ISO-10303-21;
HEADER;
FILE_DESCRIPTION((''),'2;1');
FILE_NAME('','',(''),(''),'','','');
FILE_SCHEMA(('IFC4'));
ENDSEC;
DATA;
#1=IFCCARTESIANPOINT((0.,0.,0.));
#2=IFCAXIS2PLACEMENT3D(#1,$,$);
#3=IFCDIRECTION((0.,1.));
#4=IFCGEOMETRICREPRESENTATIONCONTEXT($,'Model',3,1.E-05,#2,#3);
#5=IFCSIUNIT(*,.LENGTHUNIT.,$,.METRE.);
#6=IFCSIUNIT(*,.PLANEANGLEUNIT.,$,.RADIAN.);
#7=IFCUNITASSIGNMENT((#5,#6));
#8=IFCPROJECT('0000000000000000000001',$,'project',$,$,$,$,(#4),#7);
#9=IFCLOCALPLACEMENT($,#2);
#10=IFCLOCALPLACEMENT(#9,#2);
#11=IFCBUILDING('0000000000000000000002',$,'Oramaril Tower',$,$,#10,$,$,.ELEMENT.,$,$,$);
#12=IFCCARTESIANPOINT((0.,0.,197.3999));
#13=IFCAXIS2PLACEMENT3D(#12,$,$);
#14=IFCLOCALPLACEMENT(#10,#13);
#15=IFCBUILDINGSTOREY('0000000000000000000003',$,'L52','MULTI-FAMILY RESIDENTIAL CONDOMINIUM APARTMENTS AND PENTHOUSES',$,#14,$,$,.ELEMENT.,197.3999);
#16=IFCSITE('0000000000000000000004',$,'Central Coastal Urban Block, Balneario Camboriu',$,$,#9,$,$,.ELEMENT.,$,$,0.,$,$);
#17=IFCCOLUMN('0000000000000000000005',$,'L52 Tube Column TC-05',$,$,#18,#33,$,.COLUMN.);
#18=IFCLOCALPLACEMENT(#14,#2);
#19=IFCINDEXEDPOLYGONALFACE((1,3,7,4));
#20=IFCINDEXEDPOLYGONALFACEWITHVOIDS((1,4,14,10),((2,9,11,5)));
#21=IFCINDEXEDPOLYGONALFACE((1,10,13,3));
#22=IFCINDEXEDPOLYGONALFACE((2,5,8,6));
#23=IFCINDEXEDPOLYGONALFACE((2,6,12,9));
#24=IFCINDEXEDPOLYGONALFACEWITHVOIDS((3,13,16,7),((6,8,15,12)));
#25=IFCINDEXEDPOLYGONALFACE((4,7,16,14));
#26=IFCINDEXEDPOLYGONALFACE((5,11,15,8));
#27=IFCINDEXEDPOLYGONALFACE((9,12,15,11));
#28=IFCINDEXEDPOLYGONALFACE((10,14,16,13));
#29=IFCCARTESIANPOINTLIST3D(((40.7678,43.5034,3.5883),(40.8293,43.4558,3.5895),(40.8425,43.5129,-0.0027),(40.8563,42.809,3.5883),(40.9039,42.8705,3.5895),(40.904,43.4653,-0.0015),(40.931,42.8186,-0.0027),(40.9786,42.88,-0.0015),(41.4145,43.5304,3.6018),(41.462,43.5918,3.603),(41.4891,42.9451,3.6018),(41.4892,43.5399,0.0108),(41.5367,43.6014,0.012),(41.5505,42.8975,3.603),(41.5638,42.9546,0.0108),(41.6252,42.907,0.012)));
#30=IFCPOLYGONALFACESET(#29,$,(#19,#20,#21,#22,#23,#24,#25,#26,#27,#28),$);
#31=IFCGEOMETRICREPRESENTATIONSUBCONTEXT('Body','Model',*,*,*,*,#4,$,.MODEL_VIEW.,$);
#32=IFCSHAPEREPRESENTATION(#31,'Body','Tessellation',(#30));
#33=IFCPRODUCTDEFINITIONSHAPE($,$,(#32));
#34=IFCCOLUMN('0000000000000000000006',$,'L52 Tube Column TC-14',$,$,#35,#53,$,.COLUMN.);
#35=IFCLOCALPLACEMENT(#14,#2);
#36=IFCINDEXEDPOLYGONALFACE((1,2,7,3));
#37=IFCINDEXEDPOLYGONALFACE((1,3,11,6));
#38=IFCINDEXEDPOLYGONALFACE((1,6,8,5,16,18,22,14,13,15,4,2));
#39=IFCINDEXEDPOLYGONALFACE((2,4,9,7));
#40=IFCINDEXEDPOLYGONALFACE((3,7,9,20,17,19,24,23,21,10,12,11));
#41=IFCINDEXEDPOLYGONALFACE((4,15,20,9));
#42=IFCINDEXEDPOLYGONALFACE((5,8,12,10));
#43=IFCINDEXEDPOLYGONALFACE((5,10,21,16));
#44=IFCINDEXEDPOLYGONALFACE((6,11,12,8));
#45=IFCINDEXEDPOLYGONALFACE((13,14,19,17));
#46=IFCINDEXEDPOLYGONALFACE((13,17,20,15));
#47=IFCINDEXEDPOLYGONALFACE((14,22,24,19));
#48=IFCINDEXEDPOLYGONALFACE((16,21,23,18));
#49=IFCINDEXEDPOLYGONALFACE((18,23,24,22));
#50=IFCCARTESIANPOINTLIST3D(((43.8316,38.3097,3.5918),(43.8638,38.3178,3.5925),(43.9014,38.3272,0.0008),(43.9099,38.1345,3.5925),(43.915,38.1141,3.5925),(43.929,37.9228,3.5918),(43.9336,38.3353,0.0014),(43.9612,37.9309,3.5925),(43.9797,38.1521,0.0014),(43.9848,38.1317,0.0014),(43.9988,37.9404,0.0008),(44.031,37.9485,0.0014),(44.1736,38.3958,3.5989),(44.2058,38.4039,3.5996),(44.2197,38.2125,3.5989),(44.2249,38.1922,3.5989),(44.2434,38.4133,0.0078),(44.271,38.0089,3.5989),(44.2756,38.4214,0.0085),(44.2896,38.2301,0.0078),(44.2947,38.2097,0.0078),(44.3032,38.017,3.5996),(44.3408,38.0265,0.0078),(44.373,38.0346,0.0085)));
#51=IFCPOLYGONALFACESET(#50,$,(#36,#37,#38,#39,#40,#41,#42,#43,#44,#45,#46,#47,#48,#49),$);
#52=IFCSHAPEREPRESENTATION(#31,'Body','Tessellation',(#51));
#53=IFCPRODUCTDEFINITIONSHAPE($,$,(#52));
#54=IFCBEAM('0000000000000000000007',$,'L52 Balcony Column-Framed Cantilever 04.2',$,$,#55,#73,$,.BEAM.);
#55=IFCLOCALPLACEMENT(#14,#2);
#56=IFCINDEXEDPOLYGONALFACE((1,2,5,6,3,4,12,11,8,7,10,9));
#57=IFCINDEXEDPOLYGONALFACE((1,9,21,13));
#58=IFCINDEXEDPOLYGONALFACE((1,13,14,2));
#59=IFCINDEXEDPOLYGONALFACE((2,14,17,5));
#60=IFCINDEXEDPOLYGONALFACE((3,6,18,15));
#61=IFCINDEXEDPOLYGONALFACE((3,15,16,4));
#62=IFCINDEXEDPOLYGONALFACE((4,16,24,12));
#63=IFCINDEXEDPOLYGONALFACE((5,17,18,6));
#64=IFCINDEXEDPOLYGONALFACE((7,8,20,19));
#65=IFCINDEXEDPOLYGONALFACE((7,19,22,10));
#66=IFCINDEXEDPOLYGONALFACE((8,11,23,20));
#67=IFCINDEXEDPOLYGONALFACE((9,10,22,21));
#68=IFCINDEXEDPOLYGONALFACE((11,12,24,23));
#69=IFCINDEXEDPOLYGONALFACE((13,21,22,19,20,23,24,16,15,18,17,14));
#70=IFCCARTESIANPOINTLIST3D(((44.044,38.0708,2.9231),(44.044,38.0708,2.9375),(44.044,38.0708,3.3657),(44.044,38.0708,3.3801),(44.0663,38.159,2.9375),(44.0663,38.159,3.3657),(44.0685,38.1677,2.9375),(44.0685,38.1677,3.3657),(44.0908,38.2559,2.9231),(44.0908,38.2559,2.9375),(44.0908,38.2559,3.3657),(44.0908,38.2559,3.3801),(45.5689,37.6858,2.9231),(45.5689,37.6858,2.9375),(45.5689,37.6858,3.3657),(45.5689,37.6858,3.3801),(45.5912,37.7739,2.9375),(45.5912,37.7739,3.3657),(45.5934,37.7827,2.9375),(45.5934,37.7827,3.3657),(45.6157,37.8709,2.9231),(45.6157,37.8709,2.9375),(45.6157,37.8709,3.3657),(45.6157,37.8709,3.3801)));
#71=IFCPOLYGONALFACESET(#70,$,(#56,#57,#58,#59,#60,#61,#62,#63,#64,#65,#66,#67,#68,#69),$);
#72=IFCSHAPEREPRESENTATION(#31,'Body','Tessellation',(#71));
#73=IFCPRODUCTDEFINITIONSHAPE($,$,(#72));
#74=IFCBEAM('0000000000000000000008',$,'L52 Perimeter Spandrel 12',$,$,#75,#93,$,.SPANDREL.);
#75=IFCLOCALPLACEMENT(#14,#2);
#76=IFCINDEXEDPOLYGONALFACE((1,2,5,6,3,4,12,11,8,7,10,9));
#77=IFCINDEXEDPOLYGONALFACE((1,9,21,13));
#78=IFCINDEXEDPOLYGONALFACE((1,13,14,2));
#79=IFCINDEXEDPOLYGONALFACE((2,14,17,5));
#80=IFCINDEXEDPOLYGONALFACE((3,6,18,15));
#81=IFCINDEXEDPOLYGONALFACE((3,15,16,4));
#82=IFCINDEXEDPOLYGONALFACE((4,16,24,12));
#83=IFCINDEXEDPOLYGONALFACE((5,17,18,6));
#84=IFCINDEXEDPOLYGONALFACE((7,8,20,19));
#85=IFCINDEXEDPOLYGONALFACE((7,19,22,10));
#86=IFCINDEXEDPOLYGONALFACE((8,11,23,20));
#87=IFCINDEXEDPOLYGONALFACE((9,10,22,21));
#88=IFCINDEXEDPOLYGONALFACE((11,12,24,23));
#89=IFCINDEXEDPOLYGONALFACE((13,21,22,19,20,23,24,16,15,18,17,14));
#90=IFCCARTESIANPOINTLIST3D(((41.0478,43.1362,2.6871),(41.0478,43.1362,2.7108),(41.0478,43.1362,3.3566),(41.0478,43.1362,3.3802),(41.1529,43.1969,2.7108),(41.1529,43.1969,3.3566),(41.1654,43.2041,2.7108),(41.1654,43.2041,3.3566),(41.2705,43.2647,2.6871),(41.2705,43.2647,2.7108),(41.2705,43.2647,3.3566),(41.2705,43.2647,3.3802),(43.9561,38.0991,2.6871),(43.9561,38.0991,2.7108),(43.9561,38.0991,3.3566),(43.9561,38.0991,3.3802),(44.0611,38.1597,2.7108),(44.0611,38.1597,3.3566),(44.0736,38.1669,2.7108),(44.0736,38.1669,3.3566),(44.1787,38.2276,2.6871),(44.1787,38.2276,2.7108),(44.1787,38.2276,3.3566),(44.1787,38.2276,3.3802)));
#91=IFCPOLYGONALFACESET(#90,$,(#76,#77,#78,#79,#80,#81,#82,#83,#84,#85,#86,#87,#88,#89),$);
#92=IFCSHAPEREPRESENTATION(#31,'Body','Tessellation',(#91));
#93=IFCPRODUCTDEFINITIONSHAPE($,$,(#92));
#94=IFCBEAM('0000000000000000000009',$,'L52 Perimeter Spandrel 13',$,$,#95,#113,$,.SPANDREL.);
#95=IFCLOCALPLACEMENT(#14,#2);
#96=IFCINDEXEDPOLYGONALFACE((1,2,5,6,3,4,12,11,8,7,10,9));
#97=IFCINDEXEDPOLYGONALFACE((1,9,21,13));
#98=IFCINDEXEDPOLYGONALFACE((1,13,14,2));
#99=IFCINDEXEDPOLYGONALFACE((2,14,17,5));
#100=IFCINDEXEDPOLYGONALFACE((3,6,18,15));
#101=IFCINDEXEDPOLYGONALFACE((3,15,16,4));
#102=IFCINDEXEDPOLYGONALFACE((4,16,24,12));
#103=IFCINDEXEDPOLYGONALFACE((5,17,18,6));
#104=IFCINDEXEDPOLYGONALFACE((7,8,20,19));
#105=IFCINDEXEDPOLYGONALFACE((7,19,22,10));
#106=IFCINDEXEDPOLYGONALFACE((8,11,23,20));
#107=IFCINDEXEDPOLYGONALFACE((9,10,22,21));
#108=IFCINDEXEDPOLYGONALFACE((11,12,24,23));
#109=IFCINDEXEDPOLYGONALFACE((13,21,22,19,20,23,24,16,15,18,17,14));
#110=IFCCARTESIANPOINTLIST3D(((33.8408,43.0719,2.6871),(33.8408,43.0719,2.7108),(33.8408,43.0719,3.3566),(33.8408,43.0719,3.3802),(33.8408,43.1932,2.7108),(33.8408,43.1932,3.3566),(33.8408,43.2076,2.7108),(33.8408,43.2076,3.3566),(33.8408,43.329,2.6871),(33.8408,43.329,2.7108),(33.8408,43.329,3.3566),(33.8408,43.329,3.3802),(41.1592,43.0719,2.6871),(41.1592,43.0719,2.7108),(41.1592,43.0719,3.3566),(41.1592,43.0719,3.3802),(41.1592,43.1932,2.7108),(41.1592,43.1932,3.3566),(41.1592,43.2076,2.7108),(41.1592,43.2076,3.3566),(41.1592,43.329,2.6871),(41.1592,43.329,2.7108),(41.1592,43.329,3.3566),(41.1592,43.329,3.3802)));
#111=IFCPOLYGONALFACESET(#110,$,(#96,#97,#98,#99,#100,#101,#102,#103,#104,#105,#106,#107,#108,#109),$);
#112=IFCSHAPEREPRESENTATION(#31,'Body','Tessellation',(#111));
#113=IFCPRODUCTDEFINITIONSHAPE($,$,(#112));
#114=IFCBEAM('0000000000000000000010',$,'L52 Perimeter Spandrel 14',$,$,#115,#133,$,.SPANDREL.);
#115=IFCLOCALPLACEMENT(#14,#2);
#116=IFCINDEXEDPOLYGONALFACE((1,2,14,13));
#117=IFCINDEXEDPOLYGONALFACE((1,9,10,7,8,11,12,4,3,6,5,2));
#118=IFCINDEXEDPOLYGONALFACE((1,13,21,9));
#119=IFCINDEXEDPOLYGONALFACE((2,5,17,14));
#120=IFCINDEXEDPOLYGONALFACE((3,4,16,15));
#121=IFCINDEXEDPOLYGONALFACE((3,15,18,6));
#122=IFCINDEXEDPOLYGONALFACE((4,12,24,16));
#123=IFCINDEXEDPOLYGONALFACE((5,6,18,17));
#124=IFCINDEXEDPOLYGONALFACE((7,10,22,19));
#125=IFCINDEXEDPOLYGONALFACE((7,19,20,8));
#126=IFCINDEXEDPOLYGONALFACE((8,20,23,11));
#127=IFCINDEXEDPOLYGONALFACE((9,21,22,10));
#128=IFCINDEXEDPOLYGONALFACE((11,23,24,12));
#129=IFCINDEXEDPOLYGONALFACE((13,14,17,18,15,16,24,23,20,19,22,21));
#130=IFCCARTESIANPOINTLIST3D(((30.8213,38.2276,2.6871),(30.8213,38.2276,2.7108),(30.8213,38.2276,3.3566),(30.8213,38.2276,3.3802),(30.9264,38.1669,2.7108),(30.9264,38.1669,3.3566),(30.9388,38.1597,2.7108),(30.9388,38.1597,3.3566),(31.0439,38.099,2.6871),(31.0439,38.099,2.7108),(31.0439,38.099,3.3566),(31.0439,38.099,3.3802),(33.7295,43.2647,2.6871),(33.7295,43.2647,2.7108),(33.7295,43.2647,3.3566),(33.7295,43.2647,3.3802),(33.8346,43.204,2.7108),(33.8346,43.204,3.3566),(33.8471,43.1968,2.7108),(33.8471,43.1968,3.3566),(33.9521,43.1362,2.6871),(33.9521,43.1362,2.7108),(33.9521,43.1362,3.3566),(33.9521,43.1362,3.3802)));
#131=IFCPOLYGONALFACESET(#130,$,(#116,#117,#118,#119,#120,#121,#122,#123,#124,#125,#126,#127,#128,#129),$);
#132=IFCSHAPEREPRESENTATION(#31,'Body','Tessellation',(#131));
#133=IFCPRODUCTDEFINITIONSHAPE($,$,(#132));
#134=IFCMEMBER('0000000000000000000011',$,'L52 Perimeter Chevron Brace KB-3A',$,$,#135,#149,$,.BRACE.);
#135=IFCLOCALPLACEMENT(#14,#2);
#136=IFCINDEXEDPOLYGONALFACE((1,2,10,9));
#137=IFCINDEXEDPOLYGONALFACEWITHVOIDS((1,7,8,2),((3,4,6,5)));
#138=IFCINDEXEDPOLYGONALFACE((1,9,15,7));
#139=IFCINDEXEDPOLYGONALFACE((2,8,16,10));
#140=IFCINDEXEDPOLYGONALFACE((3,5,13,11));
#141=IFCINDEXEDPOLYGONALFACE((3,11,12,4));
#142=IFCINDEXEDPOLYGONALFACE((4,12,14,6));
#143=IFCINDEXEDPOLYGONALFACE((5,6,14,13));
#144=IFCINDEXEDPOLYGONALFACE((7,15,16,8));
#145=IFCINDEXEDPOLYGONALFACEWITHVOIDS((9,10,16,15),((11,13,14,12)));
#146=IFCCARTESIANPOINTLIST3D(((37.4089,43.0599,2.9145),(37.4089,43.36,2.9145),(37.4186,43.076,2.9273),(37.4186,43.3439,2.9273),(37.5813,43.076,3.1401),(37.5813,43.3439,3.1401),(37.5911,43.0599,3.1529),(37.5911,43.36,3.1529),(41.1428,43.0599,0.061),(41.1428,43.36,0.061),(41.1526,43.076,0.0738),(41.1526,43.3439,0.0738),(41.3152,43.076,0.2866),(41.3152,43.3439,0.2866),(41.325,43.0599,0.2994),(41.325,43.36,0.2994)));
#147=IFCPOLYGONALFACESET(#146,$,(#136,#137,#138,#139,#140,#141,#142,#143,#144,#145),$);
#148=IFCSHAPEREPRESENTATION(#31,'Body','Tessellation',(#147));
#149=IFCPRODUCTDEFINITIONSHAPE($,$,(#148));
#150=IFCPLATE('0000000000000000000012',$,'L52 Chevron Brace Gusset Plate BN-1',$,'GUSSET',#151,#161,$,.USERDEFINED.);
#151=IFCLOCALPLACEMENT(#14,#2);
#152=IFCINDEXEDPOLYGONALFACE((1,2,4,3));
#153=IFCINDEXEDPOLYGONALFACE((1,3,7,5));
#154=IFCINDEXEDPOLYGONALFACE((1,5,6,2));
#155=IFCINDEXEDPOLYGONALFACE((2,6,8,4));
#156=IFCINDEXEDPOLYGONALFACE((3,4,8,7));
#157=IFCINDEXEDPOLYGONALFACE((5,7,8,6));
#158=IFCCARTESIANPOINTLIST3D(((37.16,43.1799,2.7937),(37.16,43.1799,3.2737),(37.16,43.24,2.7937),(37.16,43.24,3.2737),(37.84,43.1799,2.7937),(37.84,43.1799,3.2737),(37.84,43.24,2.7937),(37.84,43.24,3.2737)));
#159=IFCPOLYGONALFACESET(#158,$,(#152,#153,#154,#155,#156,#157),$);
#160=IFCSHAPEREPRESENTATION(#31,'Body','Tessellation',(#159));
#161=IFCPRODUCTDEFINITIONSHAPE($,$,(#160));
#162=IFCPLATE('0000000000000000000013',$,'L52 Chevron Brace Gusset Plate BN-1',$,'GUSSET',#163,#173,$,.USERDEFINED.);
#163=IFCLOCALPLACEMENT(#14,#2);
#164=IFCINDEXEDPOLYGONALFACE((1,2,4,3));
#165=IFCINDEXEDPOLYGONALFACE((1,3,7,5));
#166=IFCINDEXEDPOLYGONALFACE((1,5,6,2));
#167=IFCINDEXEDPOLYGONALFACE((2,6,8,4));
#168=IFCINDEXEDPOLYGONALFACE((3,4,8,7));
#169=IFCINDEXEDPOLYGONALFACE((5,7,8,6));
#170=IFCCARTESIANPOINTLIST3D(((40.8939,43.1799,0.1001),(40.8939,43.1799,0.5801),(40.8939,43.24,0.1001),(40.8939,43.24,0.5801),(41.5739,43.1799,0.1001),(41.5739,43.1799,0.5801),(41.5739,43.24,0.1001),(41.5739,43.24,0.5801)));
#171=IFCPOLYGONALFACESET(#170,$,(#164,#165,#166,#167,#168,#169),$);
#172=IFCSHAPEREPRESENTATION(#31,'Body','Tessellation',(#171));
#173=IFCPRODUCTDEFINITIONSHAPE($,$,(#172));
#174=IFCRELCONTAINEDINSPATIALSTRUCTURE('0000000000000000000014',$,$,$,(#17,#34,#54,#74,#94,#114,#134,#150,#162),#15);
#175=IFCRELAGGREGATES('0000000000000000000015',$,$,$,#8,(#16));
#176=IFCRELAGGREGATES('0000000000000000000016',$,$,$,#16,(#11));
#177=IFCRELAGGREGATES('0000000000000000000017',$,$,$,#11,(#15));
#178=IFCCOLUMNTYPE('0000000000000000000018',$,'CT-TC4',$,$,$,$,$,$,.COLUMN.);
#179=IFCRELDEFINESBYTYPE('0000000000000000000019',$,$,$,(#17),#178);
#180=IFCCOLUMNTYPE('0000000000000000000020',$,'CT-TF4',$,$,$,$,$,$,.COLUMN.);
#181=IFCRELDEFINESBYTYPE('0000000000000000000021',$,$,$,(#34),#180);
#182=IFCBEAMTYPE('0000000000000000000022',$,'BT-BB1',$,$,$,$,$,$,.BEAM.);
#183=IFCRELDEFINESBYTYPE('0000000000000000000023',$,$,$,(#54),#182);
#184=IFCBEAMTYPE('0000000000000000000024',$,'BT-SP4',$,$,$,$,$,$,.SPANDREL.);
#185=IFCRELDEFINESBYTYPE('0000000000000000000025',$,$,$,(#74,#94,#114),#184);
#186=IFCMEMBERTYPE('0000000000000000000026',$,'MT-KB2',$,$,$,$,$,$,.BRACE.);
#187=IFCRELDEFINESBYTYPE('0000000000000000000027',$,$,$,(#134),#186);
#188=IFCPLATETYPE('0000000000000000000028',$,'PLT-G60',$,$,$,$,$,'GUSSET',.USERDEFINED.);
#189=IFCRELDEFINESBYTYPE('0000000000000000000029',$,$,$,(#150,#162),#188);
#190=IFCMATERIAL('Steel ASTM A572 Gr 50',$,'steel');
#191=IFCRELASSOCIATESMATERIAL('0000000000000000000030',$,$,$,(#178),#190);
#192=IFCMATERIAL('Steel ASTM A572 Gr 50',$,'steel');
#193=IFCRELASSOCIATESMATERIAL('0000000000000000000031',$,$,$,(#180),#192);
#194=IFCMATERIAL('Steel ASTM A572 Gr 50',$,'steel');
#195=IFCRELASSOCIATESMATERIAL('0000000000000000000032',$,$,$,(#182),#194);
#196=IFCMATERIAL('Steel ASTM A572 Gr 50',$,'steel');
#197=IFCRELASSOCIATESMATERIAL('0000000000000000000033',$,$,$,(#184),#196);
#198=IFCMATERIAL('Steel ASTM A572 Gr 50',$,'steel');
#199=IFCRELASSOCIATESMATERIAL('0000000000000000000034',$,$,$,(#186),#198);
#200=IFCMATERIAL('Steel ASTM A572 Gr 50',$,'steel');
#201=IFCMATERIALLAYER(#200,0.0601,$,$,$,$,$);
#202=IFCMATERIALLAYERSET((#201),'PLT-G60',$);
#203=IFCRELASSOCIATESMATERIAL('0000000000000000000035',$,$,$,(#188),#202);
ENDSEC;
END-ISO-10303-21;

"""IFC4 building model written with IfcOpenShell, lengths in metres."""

from ifc_helpers import new_model, si_unit, direction, frame, origin, origin_2d, place, context, subcontext, project, spatial, rectangle, hollow_rectangle, i_section, extrude, material, layer, layer_set, material_profile, profile_set, type_object, element, save


model = new_model("IFC4")

# Units and contexts
model_context = context("Model", 3, precision=1e-05, world=origin(), true_north=direction((0.0, 1.0)))
body_context = subcontext(model_context, "Body", "Model", "MODEL_VIEW")
ifc_project = project(units=[si_unit("LENGTHUNIT", "METRE"), si_unit("PLANEANGLEUNIT", "RADIAN")], contexts=[model_context])

# Site, building, storey
site_placement = place(None, origin())
site = spatial("IfcSite", under=ifc_project, at=site_placement, Name="Central Coastal Urban Block, Balneario Camboriu", CompositionType="ELEMENT", RefElevation=0.0)
building_placement = place(site_placement, origin())
building = spatial("IfcBuilding", under=site, at=building_placement, Name="Oramaril Tower", CompositionType="ELEMENT")
storey_placement = place(building_placement, frame((0.0, 0.0, 197.3999)))
storey = spatial("IfcBuildingStorey", under=building, at=storey_placement, Name="L52", Description="MULTI-FAMILY RESIDENTIAL CONDOMINIUM APARTMENTS AND PENTHOUSES", CompositionType="ELEMENT", Elevation=197.3999)

# Columns
ifc_material_1 = material(Name="Steel ASTM A572 Gr 50", Category="steel")
ifc_material_profile_1 = material_profile(ifc_material_1, hollow_rectangle(XDim=0.7, YDim=0.7, WallThickness=0.0549, at=origin_2d()), Name="BOX700X700X55")
ifc_profile_set_1 = profile_set([ifc_material_profile_1], Name="Steel ASTM A572 Gr 50")
column_type_1 = type_object("IfcColumnType", Name="CT-TC4", PredefinedType="COLUMN", material=ifc_profile_set_1)
column_1_placement = place(storey_placement, frame((41.2339, 43.21, 0.0046), z_axis=(-0.020799, -0.002651, 0.99978), x_axis=(0.126428, -0.991976, 0.0)))
element("IfcColumn", 1, at=column_1_placement, inside=storey, type_object=column_type_1, Name="L52 Tube Column TC-05", PredefinedType="COLUMN", context=body_context, shape_type="SweptSolid", body=[
    extrude(hollow_rectangle(XDim=0.7, YDim=0.7, WallThickness=0.0549, at=origin_2d()), origin(), (0.0, 0.0, 1.0), 3.5918),
])
ifc_material_2 = material(Name="Steel ASTM A572 Gr 50", Category="steel")
ifc_material_profile_2 = material_profile(ifc_material_2, i_section(OverallWidth=0.3989, OverallDepth=0.386, WebThickness=0.021, FlangeThickness=0.0332, at=origin_2d()), Name="W14X176")
ifc_profile_set_2 = profile_set([ifc_material_profile_2], Name="Steel ASTM A572 Gr 50")
column_type_2 = type_object("IfcColumnType", Name="CT-TF4", PredefinedType="COLUMN", material=ifc_profile_set_2)
column_2_placement = place(storey_placement, frame((44.1372, 38.1809, 0.0046), z_axis=(-0.01944, -0.004894, 0.999799), x_axis=(0.244131, -0.969742, 0.0)))
element("IfcColumn", 2, at=column_2_placement, inside=storey, type_object=column_type_2, Name="L52 Tube Column TC-14", PredefinedType="COLUMN", context=body_context, shape_type="SweptSolid", body=[
    extrude(i_section(OverallWidth=0.3989, OverallDepth=0.386, WebThickness=0.021, FlangeThickness=0.0332, at=origin_2d()), origin(), (0.0, 0.0, 1.0), 3.5918),
])

# Beams
ifc_material_3 = material(Name="Steel ASTM A572 Gr 50", Category="steel")
ifc_material_profile_3 = material_profile(ifc_material_3, i_section(OverallWidth=0.1909, OverallDepth=0.457, WebThickness=0.009, FlangeThickness=0.0144, at=origin_2d()), Name="W18X50")
ifc_profile_set_3 = profile_set([ifc_material_profile_3], Name="Steel ASTM A572 Gr 50")
beam_type_1 = type_object("IfcBeamType", Name="BT-BB1", PredefinedType="BEAM", material=ifc_profile_set_3)
beam_1_placement = place(storey_placement, frame((44.0674, 38.1633, 3.1516), z_axis=(0.969574, -0.2448, 0.0), x_axis=(0.2448, 0.969574, 0.0)))
element("IfcBeam", 3, at=beam_1_placement, inside=storey, type_object=beam_type_1, Name="L52 Balcony Column-Framed Cantilever 04.2", PredefinedType="BEAM", context=body_context, shape_type="SweptSolid", body=[
    extrude(i_section(OverallWidth=0.1909, OverallDepth=0.457, WebThickness=0.009, FlangeThickness=0.0144, at=origin_2d()), origin(), (0.0, 0.0, 1.0), 1.5728),
])
ifc_material_4 = material(Name="Steel ASTM A572 Gr 50", Category="steel")
ifc_material_profile_4 = material_profile(ifc_material_4, i_section(OverallWidth=0.2571, OverallDepth=0.6931, WebThickness=0.0144, FlangeThickness=0.0237, at=origin_2d()), Name="W27X114")
ifc_profile_set_4 = profile_set([ifc_material_profile_4], Name="Steel ASTM A572 Gr 50")
beam_type_2 = type_object("IfcBeamType", Name="BT-SP4", PredefinedType="SPANDREL", material=ifc_profile_set_4)
beam_2_placement = place(storey_placement, frame((44.0674, 38.1633, 3.0337), z_axis=(-0.500003, 0.866023, 0.0), x_axis=(-0.866023, -0.500003, 0.0)))
element("IfcBeam", 4, at=beam_2_placement, inside=storey, type_object=beam_type_2, Name="L52 Perimeter Spandrel 12", PredefinedType="SPANDREL", context=body_context, shape_type="SweptSolid", body=[
    extrude(i_section(OverallWidth=0.2571, OverallDepth=0.6931, WebThickness=0.0144, FlangeThickness=0.0237, at=origin_2d()), origin(), (0.0, 0.0, 1.0), 5.8164),
])
beam_3_placement = place(storey_placement, frame((41.1592, 43.2004, 3.0337), z_axis=(-1.0, 0.0, 0.0), x_axis=(0.0, -1.0, 0.0)))
element("IfcBeam", 5, at=beam_3_placement, inside=storey, type_object=beam_type_2, Name="L52 Perimeter Spandrel 13", PredefinedType="SPANDREL", context=body_context, shape_type="SweptSolid", body=[
    extrude(i_section(OverallWidth=0.2571, OverallDepth=0.6931, WebThickness=0.0144, FlangeThickness=0.0237, at=origin_2d()), origin(), (0.0, 0.0, 1.0), 7.3184),
])
beam_4_placement = place(storey_placement, frame((33.8408, 43.2004, 3.0337), z_axis=(-0.500003, -0.866023, 0.0), x_axis=(0.866023, -0.500003, 0.0)))
element("IfcBeam", 6, at=beam_4_placement, inside=storey, type_object=beam_type_2, Name="L52 Perimeter Spandrel 14", PredefinedType="SPANDREL", context=body_context, shape_type="SweptSolid", body=[
    extrude(i_section(OverallWidth=0.2571, OverallDepth=0.6931, WebThickness=0.0144, FlangeThickness=0.0237, at=origin_2d()), origin(), (0.0, 0.0, 1.0), 5.8164),
])

# Member
ifc_material_5 = material(Name="Steel ASTM A572 Gr 50", Category="steel")
ifc_material_profile_5 = material_profile(ifc_material_5, hollow_rectangle(XDim=0.3, YDim=0.3, WallThickness=0.0161, at=origin_2d()), Name="HSS300X300X16")
ifc_profile_set_5 = profile_set([ifc_material_profile_5], Name="Steel ASTM A572 Gr 50")
member_type = type_object("IfcMemberType", Name="MT-KB2", PredefinedType="BRACE", material=ifc_profile_set_5)
member_placement = place(storey_placement, frame((41.2339, 43.21, 0.1802), z_axis=(-0.794544, 0.0, 0.607207), x_axis=(0.0, -1.0, 0.0)))
element("IfcMember", 7, at=member_placement, inside=storey, type_object=member_type, Name="L52 Perimeter Chevron Brace KB-3A", PredefinedType="BRACE", context=body_context, shape_type="SweptSolid", body=[
    extrude(hollow_rectangle(XDim=0.3, YDim=0.3, WallThickness=0.0161, at=origin_2d()), origin(), (0.0, 0.0, 1.0), 4.6995),
])

# Plates
ifc_material_6 = material(Name="Steel ASTM A572 Gr 50", Category="steel")
ifc_layer_1 = layer(ifc_material_6, 0.0601)
ifc_layer_set_1 = layer_set([ifc_layer_1], Name="PLT-G60")
plate_type = type_object("IfcPlateType", Name="PLT-G60", ElementType="GUSSET", PredefinedType="USERDEFINED", material=ifc_layer_set_1)
for number, where, z_axis, x_axis, name in (
    (8, (37.5, 43.21, 2.7937), (0.0, 0.0, 1.0), (-1.0, 0.0, 0.0), "L52 Chevron Brace Gusset Plate BN-1"),
    (9, (41.2339, 43.21, 0.1001), (0.0, 0.0, 1.0), (-1.0, 0.0, 0.0), "L52 Chevron Brace Gusset Plate BN-1"),
):
    element("IfcPlate", number, at=place(storey_placement, frame(where, z_axis=z_axis, x_axis=x_axis)), inside=storey, type_object=plate_type, Name=name, ObjectType="GUSSET", PredefinedType="USERDEFINED", context=body_context, shape_type="SweptSolid", body=[
        extrude(rectangle(XDim=0.6799, YDim=0.0601, at=origin_2d()), origin(), (0.0, 0.0, 1.0), 0.48),
    ])

save(model, "model.ifc")
